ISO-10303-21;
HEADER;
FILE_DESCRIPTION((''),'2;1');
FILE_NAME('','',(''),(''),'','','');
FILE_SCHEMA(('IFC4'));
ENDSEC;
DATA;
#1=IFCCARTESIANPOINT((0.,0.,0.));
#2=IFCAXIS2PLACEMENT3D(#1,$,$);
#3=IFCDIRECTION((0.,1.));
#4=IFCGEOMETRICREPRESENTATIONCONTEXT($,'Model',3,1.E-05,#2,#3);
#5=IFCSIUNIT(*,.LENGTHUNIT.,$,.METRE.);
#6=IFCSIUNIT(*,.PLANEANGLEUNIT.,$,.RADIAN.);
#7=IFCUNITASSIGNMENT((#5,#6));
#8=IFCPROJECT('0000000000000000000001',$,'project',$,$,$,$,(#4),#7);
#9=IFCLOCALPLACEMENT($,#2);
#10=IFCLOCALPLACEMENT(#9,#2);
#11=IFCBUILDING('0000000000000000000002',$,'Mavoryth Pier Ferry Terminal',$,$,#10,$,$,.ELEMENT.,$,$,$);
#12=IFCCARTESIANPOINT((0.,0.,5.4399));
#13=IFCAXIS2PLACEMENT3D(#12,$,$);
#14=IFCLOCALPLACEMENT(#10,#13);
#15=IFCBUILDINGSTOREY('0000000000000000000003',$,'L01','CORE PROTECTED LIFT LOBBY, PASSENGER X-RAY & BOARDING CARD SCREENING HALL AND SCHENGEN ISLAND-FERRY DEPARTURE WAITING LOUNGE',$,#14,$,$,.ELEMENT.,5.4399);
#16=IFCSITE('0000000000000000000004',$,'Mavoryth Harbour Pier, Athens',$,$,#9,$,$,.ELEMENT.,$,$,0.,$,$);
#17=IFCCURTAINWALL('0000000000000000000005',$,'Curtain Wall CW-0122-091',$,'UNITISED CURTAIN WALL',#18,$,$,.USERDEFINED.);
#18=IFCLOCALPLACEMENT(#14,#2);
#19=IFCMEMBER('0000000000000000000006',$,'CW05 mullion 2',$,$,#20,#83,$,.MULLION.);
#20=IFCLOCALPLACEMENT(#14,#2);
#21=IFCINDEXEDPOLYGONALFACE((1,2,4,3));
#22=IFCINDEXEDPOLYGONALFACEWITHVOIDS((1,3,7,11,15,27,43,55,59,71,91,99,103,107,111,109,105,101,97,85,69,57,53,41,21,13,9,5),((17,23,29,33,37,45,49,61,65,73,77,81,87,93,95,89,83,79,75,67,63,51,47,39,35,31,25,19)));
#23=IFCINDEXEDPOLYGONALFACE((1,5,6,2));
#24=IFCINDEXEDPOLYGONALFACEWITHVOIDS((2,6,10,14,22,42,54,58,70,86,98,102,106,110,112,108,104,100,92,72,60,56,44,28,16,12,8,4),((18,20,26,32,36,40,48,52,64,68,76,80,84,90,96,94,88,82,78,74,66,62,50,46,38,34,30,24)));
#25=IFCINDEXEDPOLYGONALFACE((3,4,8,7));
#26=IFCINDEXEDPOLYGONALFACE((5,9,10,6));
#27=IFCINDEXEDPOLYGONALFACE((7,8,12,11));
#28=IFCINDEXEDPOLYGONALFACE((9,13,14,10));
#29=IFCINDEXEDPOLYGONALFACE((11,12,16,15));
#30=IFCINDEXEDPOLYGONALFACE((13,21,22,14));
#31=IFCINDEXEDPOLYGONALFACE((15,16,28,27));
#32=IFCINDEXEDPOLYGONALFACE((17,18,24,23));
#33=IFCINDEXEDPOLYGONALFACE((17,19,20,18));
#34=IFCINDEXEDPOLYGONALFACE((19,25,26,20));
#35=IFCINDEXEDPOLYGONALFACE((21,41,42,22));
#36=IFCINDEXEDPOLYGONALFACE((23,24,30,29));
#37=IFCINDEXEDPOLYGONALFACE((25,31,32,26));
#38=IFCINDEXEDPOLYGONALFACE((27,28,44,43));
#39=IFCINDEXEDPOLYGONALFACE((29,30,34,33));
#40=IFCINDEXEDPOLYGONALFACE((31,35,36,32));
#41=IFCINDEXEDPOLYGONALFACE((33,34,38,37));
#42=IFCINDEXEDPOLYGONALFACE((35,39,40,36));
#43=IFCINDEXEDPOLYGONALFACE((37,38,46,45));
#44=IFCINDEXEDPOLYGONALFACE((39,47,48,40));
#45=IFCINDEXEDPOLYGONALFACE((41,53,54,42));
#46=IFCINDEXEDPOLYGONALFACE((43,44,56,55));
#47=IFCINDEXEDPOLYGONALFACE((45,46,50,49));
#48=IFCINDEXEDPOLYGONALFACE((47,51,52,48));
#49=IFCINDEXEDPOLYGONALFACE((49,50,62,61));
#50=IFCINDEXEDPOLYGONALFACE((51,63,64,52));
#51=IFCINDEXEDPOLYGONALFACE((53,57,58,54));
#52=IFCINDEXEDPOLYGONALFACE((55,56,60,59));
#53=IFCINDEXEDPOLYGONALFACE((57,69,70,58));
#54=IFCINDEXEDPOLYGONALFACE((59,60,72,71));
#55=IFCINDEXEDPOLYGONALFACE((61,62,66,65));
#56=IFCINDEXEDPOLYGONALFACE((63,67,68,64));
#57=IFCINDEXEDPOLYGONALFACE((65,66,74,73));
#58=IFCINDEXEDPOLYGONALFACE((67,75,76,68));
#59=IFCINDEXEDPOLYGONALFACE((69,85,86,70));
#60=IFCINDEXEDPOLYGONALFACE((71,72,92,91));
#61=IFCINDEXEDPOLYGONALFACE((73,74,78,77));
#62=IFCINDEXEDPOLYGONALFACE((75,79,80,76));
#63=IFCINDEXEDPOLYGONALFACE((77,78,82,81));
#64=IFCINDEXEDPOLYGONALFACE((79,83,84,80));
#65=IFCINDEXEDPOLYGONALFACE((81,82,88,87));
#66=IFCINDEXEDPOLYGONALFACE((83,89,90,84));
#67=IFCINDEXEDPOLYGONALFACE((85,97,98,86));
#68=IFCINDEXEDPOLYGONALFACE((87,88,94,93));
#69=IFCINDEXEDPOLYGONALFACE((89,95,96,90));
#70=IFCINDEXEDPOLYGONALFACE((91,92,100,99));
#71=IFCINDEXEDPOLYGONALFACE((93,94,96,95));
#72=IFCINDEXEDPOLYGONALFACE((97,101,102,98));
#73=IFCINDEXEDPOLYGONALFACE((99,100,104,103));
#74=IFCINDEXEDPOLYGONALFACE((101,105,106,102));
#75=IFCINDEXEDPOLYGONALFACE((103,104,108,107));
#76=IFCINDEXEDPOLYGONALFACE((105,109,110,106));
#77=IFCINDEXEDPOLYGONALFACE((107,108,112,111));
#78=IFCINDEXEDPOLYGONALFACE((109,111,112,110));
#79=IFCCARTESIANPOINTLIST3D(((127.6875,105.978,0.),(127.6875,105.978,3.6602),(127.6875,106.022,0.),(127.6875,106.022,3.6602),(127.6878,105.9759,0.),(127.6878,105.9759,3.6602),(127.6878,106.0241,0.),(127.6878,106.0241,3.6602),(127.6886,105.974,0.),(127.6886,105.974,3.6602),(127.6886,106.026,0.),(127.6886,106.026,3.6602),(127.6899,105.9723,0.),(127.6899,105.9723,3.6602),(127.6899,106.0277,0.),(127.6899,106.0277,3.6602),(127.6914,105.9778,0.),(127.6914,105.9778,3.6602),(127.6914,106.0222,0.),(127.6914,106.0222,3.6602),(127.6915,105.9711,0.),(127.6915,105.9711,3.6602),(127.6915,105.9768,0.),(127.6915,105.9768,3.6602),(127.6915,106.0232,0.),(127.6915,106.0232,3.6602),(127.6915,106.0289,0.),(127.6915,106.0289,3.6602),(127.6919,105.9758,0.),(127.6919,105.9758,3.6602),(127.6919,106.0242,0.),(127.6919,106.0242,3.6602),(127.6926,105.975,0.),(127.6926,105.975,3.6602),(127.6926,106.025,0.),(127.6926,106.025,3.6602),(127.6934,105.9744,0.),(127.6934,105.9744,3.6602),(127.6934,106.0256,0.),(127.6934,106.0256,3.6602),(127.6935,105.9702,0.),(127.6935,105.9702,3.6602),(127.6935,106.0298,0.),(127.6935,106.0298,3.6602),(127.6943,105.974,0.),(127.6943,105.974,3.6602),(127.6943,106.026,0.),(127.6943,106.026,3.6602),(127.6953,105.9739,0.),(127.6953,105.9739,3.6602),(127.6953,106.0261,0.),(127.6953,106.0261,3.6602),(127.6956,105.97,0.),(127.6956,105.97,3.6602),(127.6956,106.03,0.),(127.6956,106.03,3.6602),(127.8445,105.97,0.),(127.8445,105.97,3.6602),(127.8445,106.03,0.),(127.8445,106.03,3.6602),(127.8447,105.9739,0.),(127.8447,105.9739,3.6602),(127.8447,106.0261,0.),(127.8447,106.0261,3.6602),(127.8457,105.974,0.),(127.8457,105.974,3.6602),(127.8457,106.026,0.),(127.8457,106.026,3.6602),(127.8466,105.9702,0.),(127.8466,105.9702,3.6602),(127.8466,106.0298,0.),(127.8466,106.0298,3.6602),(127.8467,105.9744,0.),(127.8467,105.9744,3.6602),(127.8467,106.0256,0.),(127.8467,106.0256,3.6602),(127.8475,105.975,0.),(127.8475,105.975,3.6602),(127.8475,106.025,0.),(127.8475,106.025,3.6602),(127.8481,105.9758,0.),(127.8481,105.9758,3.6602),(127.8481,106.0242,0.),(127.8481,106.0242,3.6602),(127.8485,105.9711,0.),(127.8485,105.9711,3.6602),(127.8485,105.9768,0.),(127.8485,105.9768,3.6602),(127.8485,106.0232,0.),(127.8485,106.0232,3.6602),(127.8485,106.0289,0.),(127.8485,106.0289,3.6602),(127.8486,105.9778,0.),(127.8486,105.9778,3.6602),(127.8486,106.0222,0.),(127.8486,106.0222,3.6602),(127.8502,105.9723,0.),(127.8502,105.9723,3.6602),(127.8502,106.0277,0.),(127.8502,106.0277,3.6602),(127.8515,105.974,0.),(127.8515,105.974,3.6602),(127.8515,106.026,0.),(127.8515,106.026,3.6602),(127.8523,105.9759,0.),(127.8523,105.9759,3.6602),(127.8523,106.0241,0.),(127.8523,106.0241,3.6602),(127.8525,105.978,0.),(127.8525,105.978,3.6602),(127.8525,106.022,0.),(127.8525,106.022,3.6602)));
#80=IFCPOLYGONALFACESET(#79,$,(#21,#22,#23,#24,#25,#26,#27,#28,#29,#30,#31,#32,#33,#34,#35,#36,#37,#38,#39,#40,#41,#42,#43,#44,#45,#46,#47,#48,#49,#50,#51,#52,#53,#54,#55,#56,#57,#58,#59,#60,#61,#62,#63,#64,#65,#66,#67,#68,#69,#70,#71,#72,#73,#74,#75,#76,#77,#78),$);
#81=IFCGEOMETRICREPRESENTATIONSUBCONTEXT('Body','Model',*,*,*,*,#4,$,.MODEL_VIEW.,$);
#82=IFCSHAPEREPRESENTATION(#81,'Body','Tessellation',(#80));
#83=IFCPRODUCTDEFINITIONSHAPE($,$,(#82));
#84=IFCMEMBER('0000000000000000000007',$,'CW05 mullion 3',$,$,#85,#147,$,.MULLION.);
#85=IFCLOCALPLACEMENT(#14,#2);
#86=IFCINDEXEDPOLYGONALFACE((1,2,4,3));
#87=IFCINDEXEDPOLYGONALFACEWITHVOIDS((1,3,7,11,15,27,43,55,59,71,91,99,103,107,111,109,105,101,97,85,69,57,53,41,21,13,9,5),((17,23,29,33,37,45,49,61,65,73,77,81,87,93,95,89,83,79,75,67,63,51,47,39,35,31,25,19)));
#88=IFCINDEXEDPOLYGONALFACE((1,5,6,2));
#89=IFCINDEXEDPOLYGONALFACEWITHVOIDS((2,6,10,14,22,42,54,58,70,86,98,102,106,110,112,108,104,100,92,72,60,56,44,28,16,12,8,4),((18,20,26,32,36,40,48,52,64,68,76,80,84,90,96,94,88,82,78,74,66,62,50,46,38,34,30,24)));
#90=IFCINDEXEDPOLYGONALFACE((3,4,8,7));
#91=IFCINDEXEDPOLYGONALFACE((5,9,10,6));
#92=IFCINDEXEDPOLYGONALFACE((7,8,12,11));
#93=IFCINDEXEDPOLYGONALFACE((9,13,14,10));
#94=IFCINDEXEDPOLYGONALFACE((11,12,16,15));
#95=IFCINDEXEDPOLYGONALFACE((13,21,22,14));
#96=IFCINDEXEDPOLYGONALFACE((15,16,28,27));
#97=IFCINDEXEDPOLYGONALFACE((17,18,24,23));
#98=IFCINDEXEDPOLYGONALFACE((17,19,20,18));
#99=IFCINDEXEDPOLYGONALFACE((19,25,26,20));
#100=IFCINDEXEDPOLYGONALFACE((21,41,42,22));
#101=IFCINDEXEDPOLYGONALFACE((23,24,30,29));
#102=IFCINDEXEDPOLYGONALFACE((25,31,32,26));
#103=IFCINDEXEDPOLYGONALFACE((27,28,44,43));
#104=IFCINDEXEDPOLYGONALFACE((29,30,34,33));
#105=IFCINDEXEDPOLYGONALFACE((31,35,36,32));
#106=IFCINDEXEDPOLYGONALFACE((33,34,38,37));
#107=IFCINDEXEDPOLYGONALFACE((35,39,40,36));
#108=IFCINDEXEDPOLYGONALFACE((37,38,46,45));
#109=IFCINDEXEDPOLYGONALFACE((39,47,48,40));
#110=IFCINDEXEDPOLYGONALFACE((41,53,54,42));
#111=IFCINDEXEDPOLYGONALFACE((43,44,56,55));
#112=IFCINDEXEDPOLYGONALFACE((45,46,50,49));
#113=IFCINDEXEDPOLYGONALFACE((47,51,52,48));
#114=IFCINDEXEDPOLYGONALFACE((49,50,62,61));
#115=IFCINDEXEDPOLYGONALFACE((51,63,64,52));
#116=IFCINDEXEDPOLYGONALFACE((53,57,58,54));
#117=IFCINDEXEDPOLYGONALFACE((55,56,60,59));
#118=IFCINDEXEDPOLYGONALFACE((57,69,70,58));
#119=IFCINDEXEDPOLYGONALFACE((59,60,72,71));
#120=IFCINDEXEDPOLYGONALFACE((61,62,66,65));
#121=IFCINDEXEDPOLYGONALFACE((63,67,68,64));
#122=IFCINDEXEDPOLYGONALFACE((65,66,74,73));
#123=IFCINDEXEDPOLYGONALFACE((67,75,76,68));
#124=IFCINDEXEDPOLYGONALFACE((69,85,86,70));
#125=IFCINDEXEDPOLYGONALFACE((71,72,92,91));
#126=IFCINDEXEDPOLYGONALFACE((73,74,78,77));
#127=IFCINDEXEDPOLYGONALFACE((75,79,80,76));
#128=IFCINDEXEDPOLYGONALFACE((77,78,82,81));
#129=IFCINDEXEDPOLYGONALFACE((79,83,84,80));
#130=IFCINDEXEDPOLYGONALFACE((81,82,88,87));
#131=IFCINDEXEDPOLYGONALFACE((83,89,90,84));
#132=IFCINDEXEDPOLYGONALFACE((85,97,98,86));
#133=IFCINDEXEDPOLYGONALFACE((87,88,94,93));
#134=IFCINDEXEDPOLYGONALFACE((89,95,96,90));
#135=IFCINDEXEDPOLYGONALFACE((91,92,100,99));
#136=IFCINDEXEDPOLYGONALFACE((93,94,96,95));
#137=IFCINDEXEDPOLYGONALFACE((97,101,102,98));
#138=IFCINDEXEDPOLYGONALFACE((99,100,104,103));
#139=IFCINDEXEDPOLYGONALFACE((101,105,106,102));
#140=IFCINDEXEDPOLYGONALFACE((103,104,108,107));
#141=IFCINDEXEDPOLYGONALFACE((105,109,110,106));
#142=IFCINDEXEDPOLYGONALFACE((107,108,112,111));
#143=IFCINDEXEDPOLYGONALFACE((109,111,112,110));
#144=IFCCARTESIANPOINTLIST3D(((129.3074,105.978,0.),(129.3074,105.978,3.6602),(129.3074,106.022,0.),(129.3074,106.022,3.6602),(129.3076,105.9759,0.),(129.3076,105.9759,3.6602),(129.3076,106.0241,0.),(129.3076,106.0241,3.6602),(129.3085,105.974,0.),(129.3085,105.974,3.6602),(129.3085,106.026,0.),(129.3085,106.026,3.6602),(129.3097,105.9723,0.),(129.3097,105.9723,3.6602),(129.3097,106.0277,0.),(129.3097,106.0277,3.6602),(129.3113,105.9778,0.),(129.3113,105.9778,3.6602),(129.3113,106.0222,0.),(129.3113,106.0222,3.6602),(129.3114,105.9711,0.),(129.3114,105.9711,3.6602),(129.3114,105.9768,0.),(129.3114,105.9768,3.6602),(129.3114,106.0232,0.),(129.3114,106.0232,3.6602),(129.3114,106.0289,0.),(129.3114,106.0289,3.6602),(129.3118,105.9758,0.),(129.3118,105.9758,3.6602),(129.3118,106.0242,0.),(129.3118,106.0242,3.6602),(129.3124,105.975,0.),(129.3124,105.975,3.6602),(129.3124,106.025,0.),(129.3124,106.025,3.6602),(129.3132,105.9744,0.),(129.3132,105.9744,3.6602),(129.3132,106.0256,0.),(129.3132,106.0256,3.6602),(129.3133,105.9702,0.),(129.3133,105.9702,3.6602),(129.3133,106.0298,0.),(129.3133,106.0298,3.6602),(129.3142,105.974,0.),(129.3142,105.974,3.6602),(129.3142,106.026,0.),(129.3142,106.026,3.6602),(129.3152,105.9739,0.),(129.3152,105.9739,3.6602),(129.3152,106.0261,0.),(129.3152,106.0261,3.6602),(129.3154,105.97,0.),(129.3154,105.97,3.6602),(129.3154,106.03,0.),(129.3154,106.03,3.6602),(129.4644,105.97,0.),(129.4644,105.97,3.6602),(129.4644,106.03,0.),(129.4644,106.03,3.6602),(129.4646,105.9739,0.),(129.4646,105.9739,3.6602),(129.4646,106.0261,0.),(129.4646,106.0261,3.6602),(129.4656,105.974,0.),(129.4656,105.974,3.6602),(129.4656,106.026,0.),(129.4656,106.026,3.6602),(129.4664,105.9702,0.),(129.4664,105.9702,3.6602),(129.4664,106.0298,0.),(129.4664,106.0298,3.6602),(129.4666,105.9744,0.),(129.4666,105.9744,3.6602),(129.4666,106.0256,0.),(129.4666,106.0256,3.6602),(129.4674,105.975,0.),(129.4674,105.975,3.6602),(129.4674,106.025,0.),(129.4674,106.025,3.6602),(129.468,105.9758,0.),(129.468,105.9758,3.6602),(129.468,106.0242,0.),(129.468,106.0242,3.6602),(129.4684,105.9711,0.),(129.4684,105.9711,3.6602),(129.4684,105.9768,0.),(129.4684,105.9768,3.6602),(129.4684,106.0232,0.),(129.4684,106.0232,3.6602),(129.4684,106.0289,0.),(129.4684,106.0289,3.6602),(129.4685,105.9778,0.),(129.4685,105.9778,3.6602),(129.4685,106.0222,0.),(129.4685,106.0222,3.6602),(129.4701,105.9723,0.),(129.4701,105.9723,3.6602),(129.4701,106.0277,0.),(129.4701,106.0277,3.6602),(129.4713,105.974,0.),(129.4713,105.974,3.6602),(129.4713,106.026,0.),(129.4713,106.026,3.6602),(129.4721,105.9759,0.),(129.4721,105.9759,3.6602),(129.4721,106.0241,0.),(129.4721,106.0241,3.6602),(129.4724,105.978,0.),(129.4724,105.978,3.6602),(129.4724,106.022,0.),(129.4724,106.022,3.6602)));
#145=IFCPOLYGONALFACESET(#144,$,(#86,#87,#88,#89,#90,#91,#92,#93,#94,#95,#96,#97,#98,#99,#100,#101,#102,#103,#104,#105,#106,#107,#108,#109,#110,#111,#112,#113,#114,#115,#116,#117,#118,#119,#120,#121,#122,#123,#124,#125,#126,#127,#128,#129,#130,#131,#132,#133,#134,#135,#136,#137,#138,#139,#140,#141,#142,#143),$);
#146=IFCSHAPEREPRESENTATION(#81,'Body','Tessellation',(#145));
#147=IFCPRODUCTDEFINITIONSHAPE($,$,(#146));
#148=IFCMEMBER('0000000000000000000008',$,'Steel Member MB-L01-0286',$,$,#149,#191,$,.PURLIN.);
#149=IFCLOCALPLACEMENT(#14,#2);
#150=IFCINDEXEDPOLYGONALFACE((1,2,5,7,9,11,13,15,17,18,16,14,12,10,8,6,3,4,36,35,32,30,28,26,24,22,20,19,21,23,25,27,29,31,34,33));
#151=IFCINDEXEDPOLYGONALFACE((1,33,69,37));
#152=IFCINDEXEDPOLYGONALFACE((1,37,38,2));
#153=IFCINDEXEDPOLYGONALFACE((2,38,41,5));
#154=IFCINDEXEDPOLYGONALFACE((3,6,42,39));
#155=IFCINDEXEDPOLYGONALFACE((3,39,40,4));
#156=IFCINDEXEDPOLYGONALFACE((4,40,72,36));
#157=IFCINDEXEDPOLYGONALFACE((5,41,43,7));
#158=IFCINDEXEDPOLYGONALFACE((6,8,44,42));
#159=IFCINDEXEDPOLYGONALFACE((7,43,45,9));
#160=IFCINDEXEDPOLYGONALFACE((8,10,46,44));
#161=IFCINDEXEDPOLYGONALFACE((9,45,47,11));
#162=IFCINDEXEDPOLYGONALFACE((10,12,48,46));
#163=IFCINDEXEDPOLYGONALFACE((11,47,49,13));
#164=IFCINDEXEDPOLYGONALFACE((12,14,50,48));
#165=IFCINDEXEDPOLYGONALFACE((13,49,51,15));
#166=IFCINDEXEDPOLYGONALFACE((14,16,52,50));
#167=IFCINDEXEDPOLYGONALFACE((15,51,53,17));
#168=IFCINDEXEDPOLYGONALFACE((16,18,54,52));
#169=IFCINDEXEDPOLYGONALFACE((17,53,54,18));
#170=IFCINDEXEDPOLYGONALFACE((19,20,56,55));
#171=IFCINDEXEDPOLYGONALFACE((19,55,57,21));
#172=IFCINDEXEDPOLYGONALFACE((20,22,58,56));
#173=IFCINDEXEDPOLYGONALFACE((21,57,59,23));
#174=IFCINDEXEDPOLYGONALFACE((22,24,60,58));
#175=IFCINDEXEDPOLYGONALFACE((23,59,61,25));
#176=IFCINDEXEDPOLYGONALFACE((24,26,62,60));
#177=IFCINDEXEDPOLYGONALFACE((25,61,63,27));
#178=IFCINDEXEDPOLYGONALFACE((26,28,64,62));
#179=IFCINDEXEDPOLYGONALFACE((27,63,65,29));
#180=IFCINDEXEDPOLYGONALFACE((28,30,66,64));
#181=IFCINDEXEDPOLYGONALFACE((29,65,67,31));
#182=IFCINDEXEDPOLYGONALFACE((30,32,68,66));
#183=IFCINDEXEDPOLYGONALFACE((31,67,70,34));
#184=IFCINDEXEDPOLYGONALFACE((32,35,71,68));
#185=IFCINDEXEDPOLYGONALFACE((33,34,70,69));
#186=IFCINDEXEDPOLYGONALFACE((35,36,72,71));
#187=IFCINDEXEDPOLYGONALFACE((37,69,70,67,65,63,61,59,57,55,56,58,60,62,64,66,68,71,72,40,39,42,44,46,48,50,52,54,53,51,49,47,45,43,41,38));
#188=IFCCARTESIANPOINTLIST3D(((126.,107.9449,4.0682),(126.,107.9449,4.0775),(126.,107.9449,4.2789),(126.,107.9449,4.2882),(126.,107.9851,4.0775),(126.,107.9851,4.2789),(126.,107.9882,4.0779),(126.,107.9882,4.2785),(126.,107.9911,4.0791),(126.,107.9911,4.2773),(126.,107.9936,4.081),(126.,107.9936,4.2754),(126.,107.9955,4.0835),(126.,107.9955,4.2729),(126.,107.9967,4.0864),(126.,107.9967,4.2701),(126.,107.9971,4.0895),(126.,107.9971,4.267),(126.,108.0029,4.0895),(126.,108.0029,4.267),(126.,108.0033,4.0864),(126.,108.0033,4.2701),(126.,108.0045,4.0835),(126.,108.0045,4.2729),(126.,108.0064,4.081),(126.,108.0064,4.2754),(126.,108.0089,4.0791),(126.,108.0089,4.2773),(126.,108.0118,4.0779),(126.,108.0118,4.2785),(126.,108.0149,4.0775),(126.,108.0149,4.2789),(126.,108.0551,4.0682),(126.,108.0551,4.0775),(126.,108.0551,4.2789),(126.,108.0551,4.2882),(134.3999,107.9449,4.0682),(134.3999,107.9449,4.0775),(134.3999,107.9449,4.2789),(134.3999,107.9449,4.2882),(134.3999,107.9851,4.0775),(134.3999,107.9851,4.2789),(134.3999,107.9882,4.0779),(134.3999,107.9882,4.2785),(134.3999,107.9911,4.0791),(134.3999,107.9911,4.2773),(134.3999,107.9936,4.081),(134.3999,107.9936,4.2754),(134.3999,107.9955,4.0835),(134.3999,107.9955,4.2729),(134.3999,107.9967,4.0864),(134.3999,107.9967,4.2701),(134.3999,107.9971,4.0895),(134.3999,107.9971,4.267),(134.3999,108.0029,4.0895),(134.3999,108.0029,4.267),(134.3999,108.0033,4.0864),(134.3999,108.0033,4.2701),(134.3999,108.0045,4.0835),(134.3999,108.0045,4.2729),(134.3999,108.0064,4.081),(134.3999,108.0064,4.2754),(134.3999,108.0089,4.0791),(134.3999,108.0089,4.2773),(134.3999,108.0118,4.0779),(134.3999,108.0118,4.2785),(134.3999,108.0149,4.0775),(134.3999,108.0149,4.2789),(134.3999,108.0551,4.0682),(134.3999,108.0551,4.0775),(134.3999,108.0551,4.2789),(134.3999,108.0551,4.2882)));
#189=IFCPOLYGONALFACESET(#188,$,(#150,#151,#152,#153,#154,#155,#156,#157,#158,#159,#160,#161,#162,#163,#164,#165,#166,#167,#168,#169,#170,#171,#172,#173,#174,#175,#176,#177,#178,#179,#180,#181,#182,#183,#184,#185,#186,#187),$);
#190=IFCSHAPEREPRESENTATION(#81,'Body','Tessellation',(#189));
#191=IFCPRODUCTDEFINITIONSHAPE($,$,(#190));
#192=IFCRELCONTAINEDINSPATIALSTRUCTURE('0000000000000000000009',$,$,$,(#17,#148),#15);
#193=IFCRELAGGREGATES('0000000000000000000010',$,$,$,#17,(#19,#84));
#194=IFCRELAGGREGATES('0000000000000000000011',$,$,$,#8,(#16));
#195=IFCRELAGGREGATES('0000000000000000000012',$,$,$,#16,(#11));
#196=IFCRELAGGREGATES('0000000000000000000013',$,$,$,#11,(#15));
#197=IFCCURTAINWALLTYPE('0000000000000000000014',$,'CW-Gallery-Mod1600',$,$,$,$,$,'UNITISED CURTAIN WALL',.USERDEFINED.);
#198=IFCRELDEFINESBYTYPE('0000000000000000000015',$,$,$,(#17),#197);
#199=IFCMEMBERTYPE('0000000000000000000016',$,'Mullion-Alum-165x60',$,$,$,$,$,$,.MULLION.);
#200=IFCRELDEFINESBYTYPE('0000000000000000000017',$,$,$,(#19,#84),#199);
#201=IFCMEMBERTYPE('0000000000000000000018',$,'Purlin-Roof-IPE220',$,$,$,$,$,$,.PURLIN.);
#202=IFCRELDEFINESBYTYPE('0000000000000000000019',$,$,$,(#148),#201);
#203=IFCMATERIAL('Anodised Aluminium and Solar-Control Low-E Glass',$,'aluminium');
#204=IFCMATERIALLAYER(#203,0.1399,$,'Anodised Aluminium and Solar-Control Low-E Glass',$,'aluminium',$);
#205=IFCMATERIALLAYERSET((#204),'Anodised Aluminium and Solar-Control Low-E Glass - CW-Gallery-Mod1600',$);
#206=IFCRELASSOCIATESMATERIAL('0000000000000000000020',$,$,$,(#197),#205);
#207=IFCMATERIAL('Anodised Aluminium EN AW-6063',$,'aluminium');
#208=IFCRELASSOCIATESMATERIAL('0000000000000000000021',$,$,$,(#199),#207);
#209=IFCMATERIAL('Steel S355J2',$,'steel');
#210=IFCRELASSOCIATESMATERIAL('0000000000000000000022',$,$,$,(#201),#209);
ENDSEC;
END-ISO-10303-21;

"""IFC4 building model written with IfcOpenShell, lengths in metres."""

from ifc_helpers import new_model, si_unit, direction, frame, origin, origin_2d, place, context, subcontext, project, spatial, hollow_rectangle, i_section, extrude, material, layer, layer_set, material_profile, profile_set, type_object, element, aggregate, save


model = new_model("IFC4")

# Units and contexts
model_context = context("Model", 3, precision=1e-05, world=origin(), true_north=direction((0.0, 1.0)))
body_context = subcontext(model_context, "Body", "Model", "MODEL_VIEW")
ifc_project = project(units=[si_unit("LENGTHUNIT", "METRE"), si_unit("PLANEANGLEUNIT", "RADIAN")], contexts=[model_context])

# Site, building, storey
site_placement = place(None, origin())
site = spatial("IfcSite", under=ifc_project, at=site_placement, Name="Mavoryth Harbour Pier, Athens", CompositionType="ELEMENT", RefElevation=0.0)
building_placement = place(site_placement, origin())
building = spatial("IfcBuilding", under=site, at=building_placement, Name="Mavoryth Pier Ferry Terminal", CompositionType="ELEMENT")
storey_placement = place(building_placement, frame((0.0, 0.0, 5.4399)))
storey = spatial("IfcBuildingStorey", under=building, at=storey_placement, Name="L01", Description="CORE PROTECTED LIFT LOBBY, PASSENGER X-RAY & BOARDING CARD SCREENING HALL AND SCHENGEN ISLAND-FERRY DEPARTURE WAITING LOUNGE", CompositionType="ELEMENT", Elevation=5.4399)

# Shared definitions
ifc_material_1 = material(Name="Steel S355J2", Category="steel")

# Shared definitions
ifc_material_2 = material(Name="Anodised Aluminium and Solar-Control Low-E Glass", Category="aluminium")
ifc_layer_1 = layer(ifc_material_2, 0.1399, Name="Anodised Aluminium and Solar-Control Low-E Glass", Category="aluminium")
ifc_layer_set_1 = layer_set([ifc_layer_1], Name="Anodised Aluminium and Solar-Control Low-E Glass - CW-Gallery-Mod1600")
curtain_wall_type = type_object("IfcCurtainWallType", Name="CW-Gallery-Mod1600", ElementType="UNITISED CURTAIN WALL", PredefinedType="USERDEFINED", material=ifc_layer_set_1)
ifc_material_3 = material(Name="Anodised Aluminium EN AW-6063", Category="aluminium")
ifc_material_profile_1 = material_profile(ifc_material_3, hollow_rectangle(XDim=0.0601, YDim=0.165, WallThickness=0.0039, InnerFilletRadius=0.0039, OuterFilletRadius=0.0081, at=origin_2d()), Name="AL-MULL 165x60x4", Category="aluminium")
ifc_profile_set_1 = profile_set([ifc_material_profile_1], Name="Anodised Aluminium EN AW-6063 - AL-MULL 165x60x4")
member_type_1 = type_object("IfcMemberType", Name="Mullion-Alum-165x60", PredefinedType="MULLION", material=ifc_profile_set_1)

# Curtain wall, members
curtain_wall_1_placement = place(storey_placement, origin())
curtain_wall_1 = element("IfcCurtainWall", 1, at=curtain_wall_1_placement, inside=storey, type_object=curtain_wall_type, Name="Curtain Wall CW-0122-091", ObjectType="UNITISED CURTAIN WALL", PredefinedType="USERDEFINED")
member_1_placement = place(storey_placement, frame((127.77, 106.0, 0.0), z_axis=(0.0, 0.0, 1.0), x_axis=(0.0, 1.0, 0.0)))
member_1 = element("IfcMember", 2, at=member_1_placement, type_object=member_type_1, Name="CW05 mullion 2", PredefinedType="MULLION", context=body_context, shape_type="SweptSolid", body=[
    extrude(hollow_rectangle(XDim=0.0601, YDim=0.165, WallThickness=0.0039, InnerFilletRadius=0.0039, OuterFilletRadius=0.0081, at=origin_2d()), origin(), (0.0, 0.0, 1.0), 3.6602),
])
member_2_placement = place(storey_placement, frame((129.3899, 106.0, 0.0), z_axis=(0.0, 0.0, 1.0), x_axis=(0.0, 1.0, 0.0)))
member_2 = element("IfcMember", 3, at=member_2_placement, type_object=member_type_1, Name="CW05 mullion 3", PredefinedType="MULLION", context=body_context, shape_type="SweptSolid", body=[
    extrude(hollow_rectangle(XDim=0.0601, YDim=0.165, WallThickness=0.0039, InnerFilletRadius=0.0039, OuterFilletRadius=0.0081, at=origin_2d()), origin(), (0.0, 0.0, 1.0), 3.6602),
])

# Member
ifc_material_profile_2 = material_profile(ifc_material_1, i_section(OverallWidth=0.1101, OverallDepth=0.22, WebThickness=0.0059, FlangeThickness=0.0093, FilletRadius=0.012, at=origin_2d()), Name="IPE 220", Category="steel")
ifc_profile_set_2 = profile_set([ifc_material_profile_2], Name="Steel S355J2 - IPE 220")
member_type_2 = type_object("IfcMemberType", Name="Purlin-Roof-IPE220", PredefinedType="PURLIN", material=ifc_profile_set_2)
for number, where, z_axis, x_axis, name in (
    (4, (126.0, 108.0, 4.1782), (1.0, 0.0, 0.0), (0.0, 1.0, 0.0), "Steel Member MB-L01-0286"),
):
    element("IfcMember", number, at=place(storey_placement, frame(where, z_axis=z_axis, x_axis=x_axis)), inside=storey, type_object=member_type_2, Name=name, PredefinedType="PURLIN", context=body_context, shape_type="SweptSolid", body=[
        extrude(i_section(OverallWidth=0.1101, OverallDepth=0.22, WebThickness=0.0059, FlangeThickness=0.0093, FilletRadius=0.012, at=origin_2d()), origin(), (0.0, 0.0, 1.0), 8.3999),
    ])

aggregate(curtain_wall_1, [member_1, member_2])

save(model, "model.ifc")
